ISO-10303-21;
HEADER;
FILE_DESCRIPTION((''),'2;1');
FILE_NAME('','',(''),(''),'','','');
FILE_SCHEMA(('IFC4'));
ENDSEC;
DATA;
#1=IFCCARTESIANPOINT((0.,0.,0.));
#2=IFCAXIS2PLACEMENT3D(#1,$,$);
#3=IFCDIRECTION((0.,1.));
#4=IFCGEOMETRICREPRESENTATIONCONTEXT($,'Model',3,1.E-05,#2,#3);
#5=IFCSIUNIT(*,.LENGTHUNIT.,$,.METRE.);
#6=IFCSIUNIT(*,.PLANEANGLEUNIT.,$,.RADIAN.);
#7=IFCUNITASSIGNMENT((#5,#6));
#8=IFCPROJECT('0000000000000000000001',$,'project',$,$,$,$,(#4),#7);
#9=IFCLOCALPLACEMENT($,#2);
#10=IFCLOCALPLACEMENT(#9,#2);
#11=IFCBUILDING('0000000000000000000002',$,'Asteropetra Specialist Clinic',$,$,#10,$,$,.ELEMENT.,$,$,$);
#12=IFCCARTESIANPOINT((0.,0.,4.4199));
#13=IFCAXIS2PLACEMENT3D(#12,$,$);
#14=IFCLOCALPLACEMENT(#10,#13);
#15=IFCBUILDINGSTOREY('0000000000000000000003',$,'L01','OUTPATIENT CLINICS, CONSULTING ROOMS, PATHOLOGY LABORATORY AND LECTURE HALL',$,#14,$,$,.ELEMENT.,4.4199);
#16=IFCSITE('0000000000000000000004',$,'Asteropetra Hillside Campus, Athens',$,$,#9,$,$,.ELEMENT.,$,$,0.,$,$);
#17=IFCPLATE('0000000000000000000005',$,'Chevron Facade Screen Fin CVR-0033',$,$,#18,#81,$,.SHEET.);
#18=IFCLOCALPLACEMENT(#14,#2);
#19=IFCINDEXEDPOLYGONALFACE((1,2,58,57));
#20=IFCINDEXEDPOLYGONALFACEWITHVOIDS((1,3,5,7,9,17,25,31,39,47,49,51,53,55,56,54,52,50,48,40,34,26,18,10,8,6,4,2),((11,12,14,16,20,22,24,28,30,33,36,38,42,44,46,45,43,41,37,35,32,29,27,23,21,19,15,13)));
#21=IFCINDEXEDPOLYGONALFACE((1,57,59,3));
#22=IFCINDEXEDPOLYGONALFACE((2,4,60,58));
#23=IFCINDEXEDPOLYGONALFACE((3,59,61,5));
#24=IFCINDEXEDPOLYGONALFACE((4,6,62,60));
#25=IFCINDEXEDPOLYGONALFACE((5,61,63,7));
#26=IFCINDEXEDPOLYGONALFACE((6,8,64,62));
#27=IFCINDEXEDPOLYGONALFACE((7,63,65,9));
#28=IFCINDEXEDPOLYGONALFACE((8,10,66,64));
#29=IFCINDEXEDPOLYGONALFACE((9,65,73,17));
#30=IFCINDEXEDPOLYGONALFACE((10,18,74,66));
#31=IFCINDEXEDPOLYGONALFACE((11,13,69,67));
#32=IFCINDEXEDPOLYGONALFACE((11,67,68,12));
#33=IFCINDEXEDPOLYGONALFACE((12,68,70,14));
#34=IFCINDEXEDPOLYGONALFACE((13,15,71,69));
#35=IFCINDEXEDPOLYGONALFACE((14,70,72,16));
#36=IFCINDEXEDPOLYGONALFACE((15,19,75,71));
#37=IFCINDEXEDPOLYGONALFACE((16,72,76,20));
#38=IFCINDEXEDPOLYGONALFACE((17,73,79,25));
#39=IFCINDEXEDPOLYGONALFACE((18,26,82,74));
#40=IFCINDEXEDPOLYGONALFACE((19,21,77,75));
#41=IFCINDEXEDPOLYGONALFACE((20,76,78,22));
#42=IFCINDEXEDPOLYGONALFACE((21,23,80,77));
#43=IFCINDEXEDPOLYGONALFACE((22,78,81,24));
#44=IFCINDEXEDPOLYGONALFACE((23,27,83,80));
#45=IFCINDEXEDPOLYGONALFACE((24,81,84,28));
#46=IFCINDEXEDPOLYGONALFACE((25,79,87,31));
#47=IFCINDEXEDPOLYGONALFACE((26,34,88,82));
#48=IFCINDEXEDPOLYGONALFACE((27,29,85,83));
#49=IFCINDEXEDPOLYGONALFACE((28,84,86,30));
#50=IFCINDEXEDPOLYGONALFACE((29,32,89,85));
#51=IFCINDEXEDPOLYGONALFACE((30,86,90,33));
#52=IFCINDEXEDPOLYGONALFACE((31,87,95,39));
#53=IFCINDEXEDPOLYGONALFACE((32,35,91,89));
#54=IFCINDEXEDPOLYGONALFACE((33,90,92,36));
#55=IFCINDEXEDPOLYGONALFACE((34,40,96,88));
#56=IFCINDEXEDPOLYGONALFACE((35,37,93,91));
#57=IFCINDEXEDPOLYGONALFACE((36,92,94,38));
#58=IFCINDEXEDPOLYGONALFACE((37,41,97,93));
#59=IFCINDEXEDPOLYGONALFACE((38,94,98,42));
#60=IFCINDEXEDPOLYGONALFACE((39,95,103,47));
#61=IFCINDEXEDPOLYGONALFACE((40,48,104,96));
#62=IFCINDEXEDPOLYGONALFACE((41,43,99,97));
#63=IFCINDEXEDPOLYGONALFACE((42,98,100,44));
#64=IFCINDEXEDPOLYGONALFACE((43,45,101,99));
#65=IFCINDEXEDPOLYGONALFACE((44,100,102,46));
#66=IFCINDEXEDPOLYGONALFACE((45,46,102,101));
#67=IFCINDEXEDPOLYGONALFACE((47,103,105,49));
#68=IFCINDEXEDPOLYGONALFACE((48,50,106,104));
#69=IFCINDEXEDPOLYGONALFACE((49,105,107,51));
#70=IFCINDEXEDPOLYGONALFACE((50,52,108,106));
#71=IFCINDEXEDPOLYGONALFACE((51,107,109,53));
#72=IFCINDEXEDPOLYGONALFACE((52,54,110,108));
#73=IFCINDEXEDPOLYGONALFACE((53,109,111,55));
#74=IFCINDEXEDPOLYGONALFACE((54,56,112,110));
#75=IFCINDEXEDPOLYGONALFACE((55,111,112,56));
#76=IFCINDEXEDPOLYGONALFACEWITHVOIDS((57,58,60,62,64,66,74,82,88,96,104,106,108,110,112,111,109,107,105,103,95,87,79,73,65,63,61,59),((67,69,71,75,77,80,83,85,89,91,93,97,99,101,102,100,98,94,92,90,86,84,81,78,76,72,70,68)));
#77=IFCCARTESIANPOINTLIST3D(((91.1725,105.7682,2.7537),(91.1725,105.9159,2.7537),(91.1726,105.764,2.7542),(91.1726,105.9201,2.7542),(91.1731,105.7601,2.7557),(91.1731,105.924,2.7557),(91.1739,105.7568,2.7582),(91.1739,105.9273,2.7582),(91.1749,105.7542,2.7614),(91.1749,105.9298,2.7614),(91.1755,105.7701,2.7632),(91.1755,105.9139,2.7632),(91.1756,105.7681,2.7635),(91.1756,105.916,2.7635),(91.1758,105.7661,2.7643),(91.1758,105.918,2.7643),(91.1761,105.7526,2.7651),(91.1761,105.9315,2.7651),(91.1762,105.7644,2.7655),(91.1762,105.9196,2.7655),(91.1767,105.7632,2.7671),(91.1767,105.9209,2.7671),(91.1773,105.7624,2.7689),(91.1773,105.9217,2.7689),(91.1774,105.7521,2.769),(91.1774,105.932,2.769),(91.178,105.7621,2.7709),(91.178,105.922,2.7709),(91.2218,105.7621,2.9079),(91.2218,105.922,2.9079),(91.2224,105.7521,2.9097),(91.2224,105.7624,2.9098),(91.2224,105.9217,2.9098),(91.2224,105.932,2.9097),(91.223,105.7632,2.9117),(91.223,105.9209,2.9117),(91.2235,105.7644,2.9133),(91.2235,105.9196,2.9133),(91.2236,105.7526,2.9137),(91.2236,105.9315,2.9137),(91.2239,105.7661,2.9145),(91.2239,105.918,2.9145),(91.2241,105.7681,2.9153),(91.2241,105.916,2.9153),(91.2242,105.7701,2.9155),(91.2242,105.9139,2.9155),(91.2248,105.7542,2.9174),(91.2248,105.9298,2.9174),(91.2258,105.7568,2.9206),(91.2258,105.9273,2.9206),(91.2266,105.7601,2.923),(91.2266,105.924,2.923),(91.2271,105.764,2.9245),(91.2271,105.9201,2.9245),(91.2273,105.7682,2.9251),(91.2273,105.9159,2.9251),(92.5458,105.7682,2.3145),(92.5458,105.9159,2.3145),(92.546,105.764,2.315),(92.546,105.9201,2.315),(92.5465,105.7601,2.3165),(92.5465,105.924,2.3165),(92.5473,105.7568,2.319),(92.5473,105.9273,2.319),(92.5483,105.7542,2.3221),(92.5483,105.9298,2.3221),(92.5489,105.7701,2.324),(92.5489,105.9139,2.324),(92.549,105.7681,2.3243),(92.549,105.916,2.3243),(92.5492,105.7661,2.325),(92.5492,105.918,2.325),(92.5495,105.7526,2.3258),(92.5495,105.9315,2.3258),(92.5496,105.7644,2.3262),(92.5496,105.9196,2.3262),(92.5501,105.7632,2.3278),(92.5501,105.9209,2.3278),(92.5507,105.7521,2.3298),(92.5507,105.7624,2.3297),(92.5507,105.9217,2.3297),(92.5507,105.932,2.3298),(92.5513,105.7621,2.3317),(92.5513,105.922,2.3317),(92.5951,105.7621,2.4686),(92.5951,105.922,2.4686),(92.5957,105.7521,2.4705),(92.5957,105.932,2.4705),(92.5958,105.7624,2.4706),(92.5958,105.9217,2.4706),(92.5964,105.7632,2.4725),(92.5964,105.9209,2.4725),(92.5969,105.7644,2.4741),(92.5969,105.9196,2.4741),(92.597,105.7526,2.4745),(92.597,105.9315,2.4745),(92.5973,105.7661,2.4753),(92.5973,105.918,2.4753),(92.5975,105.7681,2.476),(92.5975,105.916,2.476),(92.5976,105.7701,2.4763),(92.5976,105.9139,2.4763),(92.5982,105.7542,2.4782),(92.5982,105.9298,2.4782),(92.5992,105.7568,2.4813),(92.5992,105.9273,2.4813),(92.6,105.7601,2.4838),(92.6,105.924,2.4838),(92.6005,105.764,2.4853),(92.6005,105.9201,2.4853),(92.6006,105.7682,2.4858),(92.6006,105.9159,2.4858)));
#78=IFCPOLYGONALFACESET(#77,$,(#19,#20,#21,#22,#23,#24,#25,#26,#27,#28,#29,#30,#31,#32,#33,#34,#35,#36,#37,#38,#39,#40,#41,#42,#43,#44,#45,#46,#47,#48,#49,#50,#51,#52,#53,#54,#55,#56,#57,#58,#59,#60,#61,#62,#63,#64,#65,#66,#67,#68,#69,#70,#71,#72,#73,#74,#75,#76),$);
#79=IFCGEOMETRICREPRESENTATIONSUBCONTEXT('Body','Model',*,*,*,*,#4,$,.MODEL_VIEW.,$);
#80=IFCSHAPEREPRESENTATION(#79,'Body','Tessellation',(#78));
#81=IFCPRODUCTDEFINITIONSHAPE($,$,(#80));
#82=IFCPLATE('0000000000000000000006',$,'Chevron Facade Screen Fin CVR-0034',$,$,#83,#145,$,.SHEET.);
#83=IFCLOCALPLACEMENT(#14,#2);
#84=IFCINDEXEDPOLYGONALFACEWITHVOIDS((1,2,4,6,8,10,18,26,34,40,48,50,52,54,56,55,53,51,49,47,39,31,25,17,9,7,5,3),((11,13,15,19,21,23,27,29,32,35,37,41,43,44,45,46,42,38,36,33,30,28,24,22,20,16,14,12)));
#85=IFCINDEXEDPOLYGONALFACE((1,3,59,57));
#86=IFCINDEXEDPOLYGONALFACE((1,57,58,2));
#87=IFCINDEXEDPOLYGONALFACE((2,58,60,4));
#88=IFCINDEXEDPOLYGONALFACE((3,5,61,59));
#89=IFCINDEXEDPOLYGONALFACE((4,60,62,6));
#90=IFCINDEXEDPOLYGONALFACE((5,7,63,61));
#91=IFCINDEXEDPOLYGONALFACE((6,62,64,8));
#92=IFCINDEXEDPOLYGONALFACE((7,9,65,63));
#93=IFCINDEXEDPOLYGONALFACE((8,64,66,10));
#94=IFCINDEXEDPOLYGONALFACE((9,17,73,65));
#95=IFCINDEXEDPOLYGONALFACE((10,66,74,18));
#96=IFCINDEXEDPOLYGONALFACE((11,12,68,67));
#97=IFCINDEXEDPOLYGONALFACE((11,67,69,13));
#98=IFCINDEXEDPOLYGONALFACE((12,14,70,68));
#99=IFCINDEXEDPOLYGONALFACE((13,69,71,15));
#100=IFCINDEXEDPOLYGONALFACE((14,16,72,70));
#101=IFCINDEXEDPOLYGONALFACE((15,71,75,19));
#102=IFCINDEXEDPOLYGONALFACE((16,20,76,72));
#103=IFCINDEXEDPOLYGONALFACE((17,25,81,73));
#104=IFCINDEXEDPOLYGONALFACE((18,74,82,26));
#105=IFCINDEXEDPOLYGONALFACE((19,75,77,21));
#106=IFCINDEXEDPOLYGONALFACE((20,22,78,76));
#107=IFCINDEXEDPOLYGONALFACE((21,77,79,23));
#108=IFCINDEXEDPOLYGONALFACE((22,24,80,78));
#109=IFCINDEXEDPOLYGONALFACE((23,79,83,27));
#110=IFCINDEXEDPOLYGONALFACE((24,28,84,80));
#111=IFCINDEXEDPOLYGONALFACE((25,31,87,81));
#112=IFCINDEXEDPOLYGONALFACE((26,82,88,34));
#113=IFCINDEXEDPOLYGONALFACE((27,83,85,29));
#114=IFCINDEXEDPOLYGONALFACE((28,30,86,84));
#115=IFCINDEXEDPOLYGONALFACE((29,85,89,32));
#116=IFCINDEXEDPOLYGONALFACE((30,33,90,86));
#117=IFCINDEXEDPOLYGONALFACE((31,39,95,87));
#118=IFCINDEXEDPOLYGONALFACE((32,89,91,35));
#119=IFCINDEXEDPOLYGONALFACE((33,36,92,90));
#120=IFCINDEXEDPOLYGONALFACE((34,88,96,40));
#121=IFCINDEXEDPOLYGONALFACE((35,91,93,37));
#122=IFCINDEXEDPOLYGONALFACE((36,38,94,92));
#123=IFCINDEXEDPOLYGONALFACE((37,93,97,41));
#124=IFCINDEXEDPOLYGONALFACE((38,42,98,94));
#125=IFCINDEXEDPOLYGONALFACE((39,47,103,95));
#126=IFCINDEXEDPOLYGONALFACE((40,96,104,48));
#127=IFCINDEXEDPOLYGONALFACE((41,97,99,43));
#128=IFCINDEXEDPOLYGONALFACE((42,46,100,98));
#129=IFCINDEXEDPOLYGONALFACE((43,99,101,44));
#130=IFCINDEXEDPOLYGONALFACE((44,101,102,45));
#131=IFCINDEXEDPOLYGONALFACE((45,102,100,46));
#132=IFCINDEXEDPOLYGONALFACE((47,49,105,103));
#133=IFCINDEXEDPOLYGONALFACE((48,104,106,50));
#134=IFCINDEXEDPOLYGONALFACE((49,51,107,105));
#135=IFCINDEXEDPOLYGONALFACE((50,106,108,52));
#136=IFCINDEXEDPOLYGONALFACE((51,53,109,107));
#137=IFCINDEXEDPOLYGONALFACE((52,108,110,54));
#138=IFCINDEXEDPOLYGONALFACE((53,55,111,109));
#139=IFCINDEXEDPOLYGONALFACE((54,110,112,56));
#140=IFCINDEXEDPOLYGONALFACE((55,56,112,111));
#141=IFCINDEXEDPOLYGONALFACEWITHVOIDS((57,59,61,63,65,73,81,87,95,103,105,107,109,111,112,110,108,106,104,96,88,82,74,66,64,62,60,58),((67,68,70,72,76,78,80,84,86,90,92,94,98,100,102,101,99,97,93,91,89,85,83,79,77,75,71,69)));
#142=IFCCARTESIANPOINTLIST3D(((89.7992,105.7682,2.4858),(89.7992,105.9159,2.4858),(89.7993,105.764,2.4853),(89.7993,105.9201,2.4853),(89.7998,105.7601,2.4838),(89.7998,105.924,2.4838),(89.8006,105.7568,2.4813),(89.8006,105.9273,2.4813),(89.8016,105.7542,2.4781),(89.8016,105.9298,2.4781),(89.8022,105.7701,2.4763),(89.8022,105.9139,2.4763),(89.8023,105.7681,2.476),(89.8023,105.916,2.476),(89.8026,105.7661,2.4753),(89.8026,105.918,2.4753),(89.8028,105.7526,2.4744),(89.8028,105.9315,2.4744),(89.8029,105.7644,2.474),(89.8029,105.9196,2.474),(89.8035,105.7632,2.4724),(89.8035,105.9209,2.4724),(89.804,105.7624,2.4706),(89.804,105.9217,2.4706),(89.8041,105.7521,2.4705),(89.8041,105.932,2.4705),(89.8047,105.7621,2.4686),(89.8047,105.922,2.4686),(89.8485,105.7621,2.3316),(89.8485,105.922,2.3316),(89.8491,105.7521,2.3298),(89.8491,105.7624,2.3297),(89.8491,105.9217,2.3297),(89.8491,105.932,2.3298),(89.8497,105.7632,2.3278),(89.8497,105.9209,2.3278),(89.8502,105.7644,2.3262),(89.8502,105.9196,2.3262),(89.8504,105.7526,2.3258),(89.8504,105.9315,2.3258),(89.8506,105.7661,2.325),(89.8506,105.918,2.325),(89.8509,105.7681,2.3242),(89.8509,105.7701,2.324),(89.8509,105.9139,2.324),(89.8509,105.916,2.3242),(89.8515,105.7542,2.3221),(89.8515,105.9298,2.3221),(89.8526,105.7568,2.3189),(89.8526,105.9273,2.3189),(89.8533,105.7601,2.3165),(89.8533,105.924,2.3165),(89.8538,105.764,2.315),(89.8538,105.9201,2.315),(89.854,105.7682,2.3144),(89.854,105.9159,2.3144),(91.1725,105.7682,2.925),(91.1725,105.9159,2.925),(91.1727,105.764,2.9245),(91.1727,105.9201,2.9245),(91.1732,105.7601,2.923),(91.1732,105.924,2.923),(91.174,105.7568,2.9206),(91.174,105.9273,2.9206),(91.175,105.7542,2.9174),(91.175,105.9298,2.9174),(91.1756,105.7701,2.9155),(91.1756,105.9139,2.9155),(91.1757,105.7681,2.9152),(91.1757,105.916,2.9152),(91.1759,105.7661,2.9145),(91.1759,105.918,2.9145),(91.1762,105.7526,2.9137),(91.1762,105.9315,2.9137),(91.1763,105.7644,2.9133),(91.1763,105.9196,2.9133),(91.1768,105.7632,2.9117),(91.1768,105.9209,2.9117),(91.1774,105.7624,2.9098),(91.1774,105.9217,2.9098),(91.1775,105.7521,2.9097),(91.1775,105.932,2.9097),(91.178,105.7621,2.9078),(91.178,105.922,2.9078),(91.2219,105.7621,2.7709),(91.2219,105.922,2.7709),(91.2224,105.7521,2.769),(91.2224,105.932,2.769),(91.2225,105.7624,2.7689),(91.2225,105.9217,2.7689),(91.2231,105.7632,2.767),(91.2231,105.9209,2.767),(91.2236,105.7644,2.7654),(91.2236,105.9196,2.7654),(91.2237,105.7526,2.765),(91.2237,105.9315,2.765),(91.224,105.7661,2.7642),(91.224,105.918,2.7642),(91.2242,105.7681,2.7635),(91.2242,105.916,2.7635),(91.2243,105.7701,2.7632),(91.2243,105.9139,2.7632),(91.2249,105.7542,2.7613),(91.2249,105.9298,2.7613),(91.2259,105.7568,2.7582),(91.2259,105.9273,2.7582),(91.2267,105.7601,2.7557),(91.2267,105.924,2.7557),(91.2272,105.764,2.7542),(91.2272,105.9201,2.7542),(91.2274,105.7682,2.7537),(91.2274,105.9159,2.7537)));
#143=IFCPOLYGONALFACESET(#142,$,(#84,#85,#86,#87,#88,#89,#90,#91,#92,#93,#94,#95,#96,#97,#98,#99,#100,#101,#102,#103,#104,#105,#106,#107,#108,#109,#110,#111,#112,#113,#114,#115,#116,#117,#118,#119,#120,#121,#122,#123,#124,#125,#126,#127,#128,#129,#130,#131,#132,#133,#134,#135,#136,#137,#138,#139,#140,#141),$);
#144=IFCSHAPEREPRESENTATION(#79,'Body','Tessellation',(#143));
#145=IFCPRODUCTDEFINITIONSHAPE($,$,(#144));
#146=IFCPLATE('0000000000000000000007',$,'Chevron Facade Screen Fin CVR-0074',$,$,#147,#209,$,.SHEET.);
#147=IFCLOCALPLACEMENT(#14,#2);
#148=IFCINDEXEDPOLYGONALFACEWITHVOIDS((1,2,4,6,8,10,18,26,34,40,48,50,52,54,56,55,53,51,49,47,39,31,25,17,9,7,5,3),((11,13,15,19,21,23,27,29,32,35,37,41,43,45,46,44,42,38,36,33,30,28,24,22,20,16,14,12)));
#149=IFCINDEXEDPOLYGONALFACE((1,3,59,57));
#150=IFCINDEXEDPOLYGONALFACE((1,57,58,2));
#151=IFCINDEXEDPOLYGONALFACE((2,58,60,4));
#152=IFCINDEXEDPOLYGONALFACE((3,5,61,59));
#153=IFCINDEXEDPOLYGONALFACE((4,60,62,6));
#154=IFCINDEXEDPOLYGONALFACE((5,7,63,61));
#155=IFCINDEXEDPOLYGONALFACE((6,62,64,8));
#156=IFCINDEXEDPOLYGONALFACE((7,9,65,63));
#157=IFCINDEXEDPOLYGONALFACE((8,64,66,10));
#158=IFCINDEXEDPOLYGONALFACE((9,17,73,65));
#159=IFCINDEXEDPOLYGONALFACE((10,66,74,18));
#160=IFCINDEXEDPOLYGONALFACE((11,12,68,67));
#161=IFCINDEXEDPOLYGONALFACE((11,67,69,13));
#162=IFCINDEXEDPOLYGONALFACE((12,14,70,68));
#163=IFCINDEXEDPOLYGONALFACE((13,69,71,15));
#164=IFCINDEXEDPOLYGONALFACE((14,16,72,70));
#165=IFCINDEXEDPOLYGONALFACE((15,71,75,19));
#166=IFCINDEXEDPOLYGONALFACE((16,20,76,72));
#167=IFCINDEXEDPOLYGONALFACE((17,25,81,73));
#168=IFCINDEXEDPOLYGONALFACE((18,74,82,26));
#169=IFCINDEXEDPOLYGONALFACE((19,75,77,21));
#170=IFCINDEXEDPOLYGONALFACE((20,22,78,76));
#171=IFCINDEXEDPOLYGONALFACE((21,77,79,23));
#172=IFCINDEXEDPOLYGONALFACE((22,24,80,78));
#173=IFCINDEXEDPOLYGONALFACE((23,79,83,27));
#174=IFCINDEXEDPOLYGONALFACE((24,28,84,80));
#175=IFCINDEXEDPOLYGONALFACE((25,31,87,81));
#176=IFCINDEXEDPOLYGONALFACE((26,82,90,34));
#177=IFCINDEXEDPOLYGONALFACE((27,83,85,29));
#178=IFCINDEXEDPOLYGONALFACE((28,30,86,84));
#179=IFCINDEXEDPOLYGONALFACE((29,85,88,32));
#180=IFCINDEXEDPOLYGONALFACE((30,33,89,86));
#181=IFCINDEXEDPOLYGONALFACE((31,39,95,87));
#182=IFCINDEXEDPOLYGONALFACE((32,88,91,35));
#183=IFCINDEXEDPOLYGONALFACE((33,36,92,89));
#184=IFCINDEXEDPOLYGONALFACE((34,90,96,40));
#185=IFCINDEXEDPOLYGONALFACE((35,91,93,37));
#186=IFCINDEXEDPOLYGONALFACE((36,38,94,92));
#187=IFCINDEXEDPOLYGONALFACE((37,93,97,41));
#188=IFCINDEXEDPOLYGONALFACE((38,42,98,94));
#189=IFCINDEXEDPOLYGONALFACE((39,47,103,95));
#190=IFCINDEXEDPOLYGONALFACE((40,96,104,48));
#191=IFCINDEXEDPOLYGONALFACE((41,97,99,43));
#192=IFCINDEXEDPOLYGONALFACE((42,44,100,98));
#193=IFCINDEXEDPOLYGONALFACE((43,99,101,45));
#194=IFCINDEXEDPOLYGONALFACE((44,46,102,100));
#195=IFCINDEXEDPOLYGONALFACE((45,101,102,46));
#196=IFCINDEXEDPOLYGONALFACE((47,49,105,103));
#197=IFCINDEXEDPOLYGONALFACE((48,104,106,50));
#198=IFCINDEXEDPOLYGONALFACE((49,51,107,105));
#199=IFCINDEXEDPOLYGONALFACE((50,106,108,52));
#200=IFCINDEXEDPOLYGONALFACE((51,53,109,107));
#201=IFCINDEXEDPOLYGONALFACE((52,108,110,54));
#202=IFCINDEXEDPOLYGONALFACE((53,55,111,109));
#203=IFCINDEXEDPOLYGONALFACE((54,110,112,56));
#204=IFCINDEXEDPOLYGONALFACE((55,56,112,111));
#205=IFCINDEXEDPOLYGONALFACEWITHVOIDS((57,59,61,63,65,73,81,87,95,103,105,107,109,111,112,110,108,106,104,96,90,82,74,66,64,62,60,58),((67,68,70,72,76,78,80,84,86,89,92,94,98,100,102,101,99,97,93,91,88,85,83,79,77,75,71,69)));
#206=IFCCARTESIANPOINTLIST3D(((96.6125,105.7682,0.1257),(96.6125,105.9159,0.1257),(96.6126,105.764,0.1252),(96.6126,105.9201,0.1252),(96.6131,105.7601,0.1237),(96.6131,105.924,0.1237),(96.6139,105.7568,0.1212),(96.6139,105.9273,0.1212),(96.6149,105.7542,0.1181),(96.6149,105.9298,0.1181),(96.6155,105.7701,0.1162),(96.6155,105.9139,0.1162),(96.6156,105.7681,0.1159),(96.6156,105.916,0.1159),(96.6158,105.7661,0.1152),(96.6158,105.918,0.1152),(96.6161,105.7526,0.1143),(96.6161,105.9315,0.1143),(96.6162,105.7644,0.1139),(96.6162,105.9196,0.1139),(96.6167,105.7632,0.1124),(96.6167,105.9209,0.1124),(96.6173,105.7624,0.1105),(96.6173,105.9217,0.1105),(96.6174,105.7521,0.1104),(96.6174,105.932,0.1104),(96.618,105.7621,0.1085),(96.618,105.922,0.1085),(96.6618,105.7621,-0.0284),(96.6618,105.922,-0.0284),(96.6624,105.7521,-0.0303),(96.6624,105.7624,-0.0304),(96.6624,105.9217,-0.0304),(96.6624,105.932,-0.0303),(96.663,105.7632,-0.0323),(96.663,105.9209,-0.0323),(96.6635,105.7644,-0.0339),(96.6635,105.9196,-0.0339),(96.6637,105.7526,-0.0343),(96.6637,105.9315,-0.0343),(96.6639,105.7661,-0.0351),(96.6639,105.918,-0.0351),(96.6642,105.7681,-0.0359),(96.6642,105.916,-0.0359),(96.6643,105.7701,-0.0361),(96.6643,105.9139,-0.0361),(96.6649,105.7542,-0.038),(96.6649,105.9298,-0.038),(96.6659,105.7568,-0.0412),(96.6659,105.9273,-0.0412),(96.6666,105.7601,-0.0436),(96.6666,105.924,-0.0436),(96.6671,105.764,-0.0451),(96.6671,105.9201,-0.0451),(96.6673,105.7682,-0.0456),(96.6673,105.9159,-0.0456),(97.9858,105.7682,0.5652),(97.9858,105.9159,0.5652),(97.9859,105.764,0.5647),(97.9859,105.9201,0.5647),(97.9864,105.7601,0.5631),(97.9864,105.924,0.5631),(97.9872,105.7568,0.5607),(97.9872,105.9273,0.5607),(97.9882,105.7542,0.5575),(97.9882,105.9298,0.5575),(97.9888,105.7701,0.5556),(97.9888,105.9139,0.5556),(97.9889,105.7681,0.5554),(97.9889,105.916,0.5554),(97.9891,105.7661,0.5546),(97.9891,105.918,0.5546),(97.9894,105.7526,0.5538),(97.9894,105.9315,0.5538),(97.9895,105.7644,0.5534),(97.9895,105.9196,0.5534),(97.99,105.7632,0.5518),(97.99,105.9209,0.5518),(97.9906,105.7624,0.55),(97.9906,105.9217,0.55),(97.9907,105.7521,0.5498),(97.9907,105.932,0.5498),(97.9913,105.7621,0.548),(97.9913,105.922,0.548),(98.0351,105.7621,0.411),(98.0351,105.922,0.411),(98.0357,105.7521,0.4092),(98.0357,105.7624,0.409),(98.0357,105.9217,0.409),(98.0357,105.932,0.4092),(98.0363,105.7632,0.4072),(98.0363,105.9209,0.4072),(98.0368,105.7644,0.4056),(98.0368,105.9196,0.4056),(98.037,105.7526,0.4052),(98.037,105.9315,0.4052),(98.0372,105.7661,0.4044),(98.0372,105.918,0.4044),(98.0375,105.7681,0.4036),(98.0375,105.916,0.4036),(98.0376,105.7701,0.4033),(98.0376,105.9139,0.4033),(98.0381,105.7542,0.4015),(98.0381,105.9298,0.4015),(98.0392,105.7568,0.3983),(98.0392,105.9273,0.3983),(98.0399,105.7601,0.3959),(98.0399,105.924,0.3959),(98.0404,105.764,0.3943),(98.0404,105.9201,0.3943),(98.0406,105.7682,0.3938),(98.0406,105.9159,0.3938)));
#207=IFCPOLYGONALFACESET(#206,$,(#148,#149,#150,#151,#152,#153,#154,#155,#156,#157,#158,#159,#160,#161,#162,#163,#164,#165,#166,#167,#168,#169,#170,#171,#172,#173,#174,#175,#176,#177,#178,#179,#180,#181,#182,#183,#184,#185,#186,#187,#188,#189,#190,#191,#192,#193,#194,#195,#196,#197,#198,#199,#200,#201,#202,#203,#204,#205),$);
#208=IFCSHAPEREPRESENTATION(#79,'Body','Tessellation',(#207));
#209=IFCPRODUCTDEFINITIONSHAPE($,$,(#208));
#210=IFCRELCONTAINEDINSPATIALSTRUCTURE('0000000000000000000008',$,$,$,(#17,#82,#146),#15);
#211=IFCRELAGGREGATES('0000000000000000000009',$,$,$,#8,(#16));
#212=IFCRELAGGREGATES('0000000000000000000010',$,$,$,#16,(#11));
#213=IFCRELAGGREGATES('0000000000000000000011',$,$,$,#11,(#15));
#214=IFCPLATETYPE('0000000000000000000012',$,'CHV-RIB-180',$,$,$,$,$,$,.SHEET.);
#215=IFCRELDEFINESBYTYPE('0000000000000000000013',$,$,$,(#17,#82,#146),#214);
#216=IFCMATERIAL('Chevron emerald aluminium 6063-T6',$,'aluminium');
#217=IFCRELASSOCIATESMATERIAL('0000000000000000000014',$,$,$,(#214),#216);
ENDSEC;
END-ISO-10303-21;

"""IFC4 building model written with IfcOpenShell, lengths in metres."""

from ifc_helpers import new_model, si_unit, direction, frame, origin, origin_2d, place, context, subcontext, project, spatial, hollow_rectangle, extrude, material, material_profile, profile_set, type_object, element, save


model = new_model("IFC4")

# Units and contexts
model_context = context("Model", 3, precision=1e-05, world=origin(), true_north=direction((0.0, 1.0)))
body_context = subcontext(model_context, "Body", "Model", "MODEL_VIEW")
ifc_project = project(units=[si_unit("LENGTHUNIT", "METRE"), si_unit("PLANEANGLEUNIT", "RADIAN")], contexts=[model_context])

# Site, building, storey
site_placement = place(None, origin())
site = spatial("IfcSite", under=ifc_project, at=site_placement, Name="Asteropetra Hillside Campus, Athens", CompositionType="ELEMENT", RefElevation=0.0)
building_placement = place(site_placement, origin())
building = spatial("IfcBuilding", under=site, at=building_placement, Name="Asteropetra Specialist Clinic", CompositionType="ELEMENT")
storey_placement = place(building_placement, frame((0.0, 0.0, 4.4199)))
storey = spatial("IfcBuildingStorey", under=building, at=storey_placement, Name="L01", Description="OUTPATIENT CLINICS, CONSULTING ROOMS, PATHOLOGY LABORATORY AND LECTURE HALL", CompositionType="ELEMENT", Elevation=4.4199)

# Plates
ifc_material_1 = material(Name="Chevron emerald aluminium 6063-T6", Category="aluminium")
ifc_material_profile = material_profile(ifc_material_1, hollow_rectangle(XDim=0.1799, YDim=0.1799, WallThickness=0.01, InnerFilletRadius=0.0081, OuterFilletRadius=0.0161, at=origin_2d()), Name="SHS 180x180x10.0")
ifc_profile_set = profile_set([ifc_material_profile], Name="Chevron emerald aluminium 6063-T6")
plate_type = type_object("IfcPlateType", Name="CHV-RIB-180", PredefinedType="SHEET", material=ifc_profile_set)
for number, where, z_axis, x_axis, name in (
    (1, (92.5732, 105.842, 2.4001), (-0.952473, 0.0, 0.304622), (0.0, -1.0, 0.0), "Chevron Facade Screen Fin CVR-0033"),
    (2, (91.2, 105.842, 2.8394), (-0.952473, 0.0, -0.304622), (0.0, -1.0, 0.0), "Chevron Facade Screen Fin CVR-0034"),
    (3, (98.0132, 105.842, 0.4795), (-0.952424, 0.0, -0.304776), (0.0, -1.0, 0.0), "Chevron Facade Screen Fin CVR-0074"),
):
    element("IfcPlate", number, at=place(storey_placement, frame(where, z_axis=z_axis, x_axis=x_axis)), inside=storey, type_object=plate_type, Name=name, PredefinedType="SHEET", context=body_context, shape_type="SweptSolid", body=[
        extrude(hollow_rectangle(XDim=0.1799, YDim=0.1799, WallThickness=0.01, InnerFilletRadius=0.0081, OuterFilletRadius=0.0161, at=origin_2d()), origin(), (0.0, 0.0, 1.0), 1.4419),
    ])

save(model, "model.ifc")
